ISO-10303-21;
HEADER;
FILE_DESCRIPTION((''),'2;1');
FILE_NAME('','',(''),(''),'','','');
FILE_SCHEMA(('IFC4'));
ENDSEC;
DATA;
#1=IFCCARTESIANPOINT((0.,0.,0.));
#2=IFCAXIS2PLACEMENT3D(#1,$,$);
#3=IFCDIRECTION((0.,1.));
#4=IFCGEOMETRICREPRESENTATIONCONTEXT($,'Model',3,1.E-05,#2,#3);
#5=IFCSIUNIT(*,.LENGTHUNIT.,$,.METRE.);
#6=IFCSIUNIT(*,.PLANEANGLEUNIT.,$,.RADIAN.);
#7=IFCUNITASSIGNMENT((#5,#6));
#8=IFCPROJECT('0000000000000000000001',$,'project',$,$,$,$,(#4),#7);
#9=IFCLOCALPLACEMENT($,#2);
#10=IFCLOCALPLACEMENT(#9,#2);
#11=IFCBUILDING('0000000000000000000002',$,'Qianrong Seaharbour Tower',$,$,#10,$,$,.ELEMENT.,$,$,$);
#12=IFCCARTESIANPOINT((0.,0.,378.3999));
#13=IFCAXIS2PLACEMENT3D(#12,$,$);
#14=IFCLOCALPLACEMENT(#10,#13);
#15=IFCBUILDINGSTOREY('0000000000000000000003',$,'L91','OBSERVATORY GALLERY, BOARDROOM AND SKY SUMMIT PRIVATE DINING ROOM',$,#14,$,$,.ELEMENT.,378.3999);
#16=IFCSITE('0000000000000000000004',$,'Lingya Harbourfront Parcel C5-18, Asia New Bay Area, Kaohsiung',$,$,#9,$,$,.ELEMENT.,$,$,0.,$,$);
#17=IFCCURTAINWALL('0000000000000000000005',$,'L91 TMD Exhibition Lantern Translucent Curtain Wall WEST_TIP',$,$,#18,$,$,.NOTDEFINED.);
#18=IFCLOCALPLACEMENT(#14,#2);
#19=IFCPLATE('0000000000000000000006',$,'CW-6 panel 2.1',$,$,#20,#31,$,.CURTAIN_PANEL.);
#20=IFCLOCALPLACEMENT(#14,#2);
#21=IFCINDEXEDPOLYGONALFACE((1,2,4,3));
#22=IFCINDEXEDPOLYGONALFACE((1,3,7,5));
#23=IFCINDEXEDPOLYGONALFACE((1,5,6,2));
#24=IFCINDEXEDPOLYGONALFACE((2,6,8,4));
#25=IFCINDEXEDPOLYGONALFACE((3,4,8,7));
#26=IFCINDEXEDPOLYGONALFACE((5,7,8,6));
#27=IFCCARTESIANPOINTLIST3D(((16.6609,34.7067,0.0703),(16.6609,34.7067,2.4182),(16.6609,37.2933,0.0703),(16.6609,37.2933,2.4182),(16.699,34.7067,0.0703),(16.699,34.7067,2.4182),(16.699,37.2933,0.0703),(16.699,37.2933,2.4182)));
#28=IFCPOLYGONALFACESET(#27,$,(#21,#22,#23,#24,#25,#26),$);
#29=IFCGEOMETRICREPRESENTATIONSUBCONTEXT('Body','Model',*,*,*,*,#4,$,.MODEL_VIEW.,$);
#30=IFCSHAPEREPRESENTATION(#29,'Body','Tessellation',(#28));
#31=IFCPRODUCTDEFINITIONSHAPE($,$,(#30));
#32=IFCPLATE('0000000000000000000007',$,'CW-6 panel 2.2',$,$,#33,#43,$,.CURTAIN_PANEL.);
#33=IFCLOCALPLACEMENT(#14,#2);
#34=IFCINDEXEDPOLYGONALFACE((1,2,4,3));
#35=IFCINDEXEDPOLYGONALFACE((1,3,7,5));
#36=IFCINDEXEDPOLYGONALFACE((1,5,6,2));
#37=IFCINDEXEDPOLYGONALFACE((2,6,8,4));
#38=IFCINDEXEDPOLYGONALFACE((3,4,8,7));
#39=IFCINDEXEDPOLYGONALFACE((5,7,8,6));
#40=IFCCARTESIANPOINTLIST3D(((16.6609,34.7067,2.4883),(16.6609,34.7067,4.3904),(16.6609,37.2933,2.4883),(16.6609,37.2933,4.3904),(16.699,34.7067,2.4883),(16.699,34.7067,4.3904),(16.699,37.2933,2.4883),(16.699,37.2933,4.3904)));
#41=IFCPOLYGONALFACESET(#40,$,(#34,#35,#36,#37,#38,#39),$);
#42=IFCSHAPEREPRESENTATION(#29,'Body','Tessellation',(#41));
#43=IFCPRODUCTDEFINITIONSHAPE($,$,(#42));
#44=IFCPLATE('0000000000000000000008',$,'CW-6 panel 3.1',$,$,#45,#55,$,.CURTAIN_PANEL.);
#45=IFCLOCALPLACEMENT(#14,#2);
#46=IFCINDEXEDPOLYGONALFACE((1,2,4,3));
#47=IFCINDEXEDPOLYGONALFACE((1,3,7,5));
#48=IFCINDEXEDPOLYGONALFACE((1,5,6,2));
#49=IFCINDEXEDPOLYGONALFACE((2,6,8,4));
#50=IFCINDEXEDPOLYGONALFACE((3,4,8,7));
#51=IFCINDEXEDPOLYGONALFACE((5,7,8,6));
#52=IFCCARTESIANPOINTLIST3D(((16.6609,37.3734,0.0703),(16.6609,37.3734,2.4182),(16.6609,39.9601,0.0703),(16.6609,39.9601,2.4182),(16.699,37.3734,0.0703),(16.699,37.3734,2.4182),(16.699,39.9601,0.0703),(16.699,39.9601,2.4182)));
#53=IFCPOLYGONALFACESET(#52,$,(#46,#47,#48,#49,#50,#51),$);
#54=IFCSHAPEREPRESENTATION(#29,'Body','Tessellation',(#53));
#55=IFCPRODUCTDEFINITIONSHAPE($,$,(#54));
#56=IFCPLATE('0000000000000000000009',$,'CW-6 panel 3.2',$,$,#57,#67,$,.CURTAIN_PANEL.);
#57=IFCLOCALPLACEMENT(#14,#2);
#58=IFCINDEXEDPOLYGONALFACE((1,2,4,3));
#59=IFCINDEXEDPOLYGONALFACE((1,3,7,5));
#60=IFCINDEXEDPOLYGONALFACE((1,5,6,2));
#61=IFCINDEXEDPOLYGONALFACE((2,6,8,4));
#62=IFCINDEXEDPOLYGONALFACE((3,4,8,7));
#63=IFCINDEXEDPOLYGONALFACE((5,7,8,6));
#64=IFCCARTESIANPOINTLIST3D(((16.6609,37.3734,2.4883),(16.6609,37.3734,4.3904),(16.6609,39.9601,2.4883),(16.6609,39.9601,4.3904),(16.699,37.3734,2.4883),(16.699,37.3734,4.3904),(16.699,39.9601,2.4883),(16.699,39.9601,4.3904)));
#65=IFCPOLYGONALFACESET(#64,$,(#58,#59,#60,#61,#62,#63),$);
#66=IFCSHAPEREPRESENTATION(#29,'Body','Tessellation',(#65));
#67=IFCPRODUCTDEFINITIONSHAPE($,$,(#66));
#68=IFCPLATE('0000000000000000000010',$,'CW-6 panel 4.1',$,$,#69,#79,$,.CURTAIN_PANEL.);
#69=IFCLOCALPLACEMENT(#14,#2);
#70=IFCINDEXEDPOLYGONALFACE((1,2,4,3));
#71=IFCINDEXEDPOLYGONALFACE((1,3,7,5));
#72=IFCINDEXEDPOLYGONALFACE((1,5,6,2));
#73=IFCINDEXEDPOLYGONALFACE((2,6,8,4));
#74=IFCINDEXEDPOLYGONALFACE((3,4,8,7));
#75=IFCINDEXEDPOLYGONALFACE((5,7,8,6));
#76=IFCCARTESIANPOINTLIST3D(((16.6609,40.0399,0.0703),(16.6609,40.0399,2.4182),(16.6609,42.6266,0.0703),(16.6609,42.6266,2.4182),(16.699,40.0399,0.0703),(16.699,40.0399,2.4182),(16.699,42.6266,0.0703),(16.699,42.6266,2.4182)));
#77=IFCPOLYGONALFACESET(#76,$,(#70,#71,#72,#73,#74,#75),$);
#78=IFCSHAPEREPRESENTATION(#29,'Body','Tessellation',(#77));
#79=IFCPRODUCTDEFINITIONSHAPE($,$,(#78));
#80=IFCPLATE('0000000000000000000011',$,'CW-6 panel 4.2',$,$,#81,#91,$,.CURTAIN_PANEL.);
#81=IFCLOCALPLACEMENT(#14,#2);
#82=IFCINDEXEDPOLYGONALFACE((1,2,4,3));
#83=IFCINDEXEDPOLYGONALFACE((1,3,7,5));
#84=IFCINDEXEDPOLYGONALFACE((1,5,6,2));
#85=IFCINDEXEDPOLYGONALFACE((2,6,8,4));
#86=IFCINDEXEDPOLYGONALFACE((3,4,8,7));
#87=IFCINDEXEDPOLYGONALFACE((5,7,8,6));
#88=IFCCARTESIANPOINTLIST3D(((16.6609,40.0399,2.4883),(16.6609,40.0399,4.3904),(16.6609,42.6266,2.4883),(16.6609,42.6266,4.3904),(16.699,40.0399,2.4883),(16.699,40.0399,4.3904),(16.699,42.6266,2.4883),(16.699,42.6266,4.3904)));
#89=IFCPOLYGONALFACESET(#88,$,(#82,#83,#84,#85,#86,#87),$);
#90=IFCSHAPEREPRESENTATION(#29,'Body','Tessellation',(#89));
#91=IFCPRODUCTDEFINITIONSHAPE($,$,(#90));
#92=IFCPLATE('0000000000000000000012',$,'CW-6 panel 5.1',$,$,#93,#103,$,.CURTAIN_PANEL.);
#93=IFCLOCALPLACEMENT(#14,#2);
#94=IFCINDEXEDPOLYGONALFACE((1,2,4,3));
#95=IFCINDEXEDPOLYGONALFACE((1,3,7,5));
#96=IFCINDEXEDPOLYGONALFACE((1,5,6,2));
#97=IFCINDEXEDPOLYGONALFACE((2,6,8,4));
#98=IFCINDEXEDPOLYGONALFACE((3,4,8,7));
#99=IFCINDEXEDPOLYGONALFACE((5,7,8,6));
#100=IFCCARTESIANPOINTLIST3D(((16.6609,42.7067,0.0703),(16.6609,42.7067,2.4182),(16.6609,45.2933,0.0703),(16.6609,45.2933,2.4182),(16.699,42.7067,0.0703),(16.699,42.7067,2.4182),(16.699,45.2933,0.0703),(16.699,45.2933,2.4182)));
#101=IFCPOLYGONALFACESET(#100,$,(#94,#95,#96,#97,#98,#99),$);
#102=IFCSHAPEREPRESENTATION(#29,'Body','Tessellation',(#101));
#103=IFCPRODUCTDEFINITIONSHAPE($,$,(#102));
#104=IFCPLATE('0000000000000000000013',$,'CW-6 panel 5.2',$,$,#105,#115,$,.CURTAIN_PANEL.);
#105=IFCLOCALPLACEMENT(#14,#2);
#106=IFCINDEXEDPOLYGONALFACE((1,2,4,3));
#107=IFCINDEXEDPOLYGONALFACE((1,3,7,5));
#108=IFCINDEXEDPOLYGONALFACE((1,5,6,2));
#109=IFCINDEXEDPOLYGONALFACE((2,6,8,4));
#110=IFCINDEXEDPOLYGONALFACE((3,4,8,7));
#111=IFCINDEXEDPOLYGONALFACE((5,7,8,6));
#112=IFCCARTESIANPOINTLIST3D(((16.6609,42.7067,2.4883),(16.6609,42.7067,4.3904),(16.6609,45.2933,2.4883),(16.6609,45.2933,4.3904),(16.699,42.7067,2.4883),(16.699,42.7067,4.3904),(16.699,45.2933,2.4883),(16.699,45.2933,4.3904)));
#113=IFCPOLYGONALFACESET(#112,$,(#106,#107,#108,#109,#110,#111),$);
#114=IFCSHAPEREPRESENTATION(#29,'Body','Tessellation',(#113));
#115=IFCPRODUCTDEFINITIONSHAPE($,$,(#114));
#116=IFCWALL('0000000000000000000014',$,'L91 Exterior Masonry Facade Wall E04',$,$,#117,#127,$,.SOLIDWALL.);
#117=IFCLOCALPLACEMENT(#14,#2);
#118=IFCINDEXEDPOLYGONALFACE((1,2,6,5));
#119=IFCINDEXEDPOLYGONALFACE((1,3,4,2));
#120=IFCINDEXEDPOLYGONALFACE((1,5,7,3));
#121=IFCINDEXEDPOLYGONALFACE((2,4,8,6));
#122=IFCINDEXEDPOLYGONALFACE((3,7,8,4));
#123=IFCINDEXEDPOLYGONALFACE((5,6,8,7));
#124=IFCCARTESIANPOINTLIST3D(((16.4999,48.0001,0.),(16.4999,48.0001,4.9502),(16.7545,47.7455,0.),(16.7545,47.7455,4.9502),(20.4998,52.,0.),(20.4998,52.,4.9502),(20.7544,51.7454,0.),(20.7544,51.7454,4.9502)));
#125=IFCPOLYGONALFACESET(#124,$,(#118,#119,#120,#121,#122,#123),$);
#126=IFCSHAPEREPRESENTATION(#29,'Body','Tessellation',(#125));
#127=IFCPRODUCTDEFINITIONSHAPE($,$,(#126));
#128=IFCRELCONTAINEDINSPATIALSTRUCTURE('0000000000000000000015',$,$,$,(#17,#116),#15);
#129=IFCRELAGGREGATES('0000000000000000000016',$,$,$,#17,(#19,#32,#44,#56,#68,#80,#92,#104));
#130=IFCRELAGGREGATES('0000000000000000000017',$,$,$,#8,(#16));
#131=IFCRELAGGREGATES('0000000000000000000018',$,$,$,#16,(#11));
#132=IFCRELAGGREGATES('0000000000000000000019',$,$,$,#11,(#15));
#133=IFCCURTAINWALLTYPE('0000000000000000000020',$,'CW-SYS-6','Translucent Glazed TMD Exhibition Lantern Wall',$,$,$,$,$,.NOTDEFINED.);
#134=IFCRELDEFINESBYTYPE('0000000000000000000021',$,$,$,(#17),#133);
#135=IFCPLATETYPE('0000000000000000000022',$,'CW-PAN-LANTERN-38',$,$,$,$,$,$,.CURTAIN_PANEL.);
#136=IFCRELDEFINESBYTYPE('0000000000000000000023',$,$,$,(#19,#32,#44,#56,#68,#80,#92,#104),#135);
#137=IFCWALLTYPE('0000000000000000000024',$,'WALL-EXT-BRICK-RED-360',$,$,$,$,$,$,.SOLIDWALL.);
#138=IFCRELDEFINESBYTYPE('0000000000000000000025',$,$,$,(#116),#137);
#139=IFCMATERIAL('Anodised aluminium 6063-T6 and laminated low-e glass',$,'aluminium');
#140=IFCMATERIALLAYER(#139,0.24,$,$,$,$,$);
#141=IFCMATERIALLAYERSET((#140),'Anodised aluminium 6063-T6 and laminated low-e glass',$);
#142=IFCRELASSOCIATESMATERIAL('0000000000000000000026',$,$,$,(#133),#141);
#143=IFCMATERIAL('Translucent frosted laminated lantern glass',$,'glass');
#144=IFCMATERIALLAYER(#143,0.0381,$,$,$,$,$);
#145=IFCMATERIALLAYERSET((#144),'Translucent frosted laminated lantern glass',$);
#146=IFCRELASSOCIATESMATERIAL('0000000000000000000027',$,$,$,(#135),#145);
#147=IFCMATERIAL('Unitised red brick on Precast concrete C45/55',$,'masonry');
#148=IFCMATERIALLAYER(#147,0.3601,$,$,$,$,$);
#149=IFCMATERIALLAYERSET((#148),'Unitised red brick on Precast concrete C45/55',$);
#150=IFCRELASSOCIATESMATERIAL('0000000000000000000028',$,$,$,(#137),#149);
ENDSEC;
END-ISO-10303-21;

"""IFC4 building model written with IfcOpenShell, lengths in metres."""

from ifc_helpers import new_model, si_unit, direction, frame, frame_2d, origin, origin_2d, place, context, subcontext, project, spatial, rectangle, extrude, material, layer, layer_set, type_object, element, aggregate, save


model = new_model("IFC4")

# Units and contexts
model_context = context("Model", 3, precision=1e-05, world=origin(), true_north=direction((0.0, 1.0)))
body_context = subcontext(model_context, "Body", "Model", "MODEL_VIEW")
ifc_project = project(units=[si_unit("LENGTHUNIT", "METRE"), si_unit("PLANEANGLEUNIT", "RADIAN")], contexts=[model_context])

# Site, building, storey
site_placement = place(None, origin())
site = spatial("IfcSite", under=ifc_project, at=site_placement, Name="Lingya Harbourfront Parcel C5-18, Asia New Bay Area, Kaohsiung", CompositionType="ELEMENT", RefElevation=0.0)
building_placement = place(site_placement, origin())
building = spatial("IfcBuilding", under=site, at=building_placement, Name="Qianrong Seaharbour Tower", CompositionType="ELEMENT")
storey_placement = place(building_placement, frame((0.0, 0.0, 378.3999)))
storey = spatial("IfcBuildingStorey", under=building, at=storey_placement, Name="L91", Description="OBSERVATORY GALLERY, BOARDROOM AND SKY SUMMIT PRIVATE DINING ROOM", CompositionType="ELEMENT", Elevation=378.3999)

# Curtain wall, plates
ifc_material_1 = material(Name="Anodised aluminium 6063-T6 and laminated low-e glass", Category="aluminium")
ifc_layer_1 = layer(ifc_material_1, 0.24)
ifc_layer_set_1 = layer_set([ifc_layer_1], Name="Anodised aluminium 6063-T6 and laminated low-e glass")
curtain_wall_type = type_object("IfcCurtainWallType", Name="CW-SYS-6", Description="Translucent Glazed TMD Exhibition Lantern Wall", PredefinedType="NOTDEFINED", material=ifc_layer_set_1)
curtain_wall_placement = place(storey_placement, origin())
curtain_wall = element("IfcCurtainWall", 1, at=curtain_wall_placement, inside=storey, type_object=curtain_wall_type, Name="L91 TMD Exhibition Lantern Translucent Curtain Wall WEST_TIP", PredefinedType="NOTDEFINED")
ifc_material_2 = material(Name="Translucent frosted laminated lantern glass", Category="glass")
ifc_layer_2 = layer(ifc_material_2, 0.0381)
ifc_layer_set_2 = layer_set([ifc_layer_2], Name="Translucent frosted laminated lantern glass")
plate_type = type_object("IfcPlateType", Name="CW-PAN-LANTERN-38", PredefinedType="CURTAIN_PANEL", material=ifc_layer_set_2)
plate_1_placement = place(storey_placement, frame((16.6799, 36.0, 0.0703), z_axis=(0.0, 0.0, 1.0), x_axis=(0.0, 1.0, 0.0)))
plate_1 = element("IfcPlate", 2, at=plate_1_placement, type_object=plate_type, Name="CW-6 panel 2.1", PredefinedType="CURTAIN_PANEL", context=body_context, shape_type="SweptSolid", body=[
    extrude(rectangle(XDim=2.5867, YDim=0.0381, at=origin_2d()), origin(), (0.0, 0.0, 1.0), 2.3479),
])
plate_2_placement = place(storey_placement, frame((16.6799, 36.0, 2.4883), z_axis=(0.0, 0.0, 1.0), x_axis=(0.0, 1.0, 0.0)))
plate_2 = element("IfcPlate", 3, at=plate_2_placement, type_object=plate_type, Name="CW-6 panel 2.2", PredefinedType="CURTAIN_PANEL", context=body_context, shape_type="SweptSolid", body=[
    extrude(rectangle(XDim=2.5867, YDim=0.0381, at=origin_2d()), origin(), (0.0, 0.0, 1.0), 1.9021),
])
plate_3_placement = place(storey_placement, frame((16.6799, 38.6667, 0.0703), z_axis=(0.0, 0.0, 1.0), x_axis=(0.0, 1.0, 0.0)))
plate_3 = element("IfcPlate", 4, at=plate_3_placement, type_object=plate_type, Name="CW-6 panel 3.1", PredefinedType="CURTAIN_PANEL", context=body_context, shape_type="SweptSolid", body=[
    extrude(rectangle(XDim=2.5867, YDim=0.0381, at=origin_2d()), origin(), (0.0, 0.0, 1.0), 2.3479),
])
plate_4_placement = place(storey_placement, frame((16.6799, 38.6667, 2.4883), z_axis=(0.0, 0.0, 1.0), x_axis=(0.0, 1.0, 0.0)))
plate_4 = element("IfcPlate", 5, at=plate_4_placement, type_object=plate_type, Name="CW-6 panel 3.2", PredefinedType="CURTAIN_PANEL", context=body_context, shape_type="SweptSolid", body=[
    extrude(rectangle(XDim=2.5867, YDim=0.0381, at=origin_2d()), origin(), (0.0, 0.0, 1.0), 1.9021),
])
plate_5_placement = place(storey_placement, frame((16.6799, 41.3333, 0.0703), z_axis=(0.0, 0.0, 1.0), x_axis=(0.0, 1.0, 0.0)))
plate_5 = element("IfcPlate", 6, at=plate_5_placement, type_object=plate_type, Name="CW-6 panel 4.1", PredefinedType="CURTAIN_PANEL", context=body_context, shape_type="SweptSolid", body=[
    extrude(rectangle(XDim=2.5867, YDim=0.0381, at=origin_2d()), origin(), (0.0, 0.0, 1.0), 2.3479),
])
plate_6_placement = place(storey_placement, frame((16.6799, 41.3333, 2.4883), z_axis=(0.0, 0.0, 1.0), x_axis=(0.0, 1.0, 0.0)))
plate_6 = element("IfcPlate", 7, at=plate_6_placement, type_object=plate_type, Name="CW-6 panel 4.2", PredefinedType="CURTAIN_PANEL", context=body_context, shape_type="SweptSolid", body=[
    extrude(rectangle(XDim=2.5867, YDim=0.0381, at=origin_2d()), origin(), (0.0, 0.0, 1.0), 1.9021),
])
plate_7_placement = place(storey_placement, frame((16.6799, 44.0, 0.0703), z_axis=(0.0, 0.0, 1.0), x_axis=(0.0, 1.0, 0.0)))
plate_7 = element("IfcPlate", 8, at=plate_7_placement, type_object=plate_type, Name="CW-6 panel 5.1", PredefinedType="CURTAIN_PANEL", context=body_context, shape_type="SweptSolid", body=[
    extrude(rectangle(XDim=2.5867, YDim=0.0381, at=origin_2d()), origin(), (0.0, 0.0, 1.0), 2.3479),
])
plate_8_placement = place(storey_placement, frame((16.6799, 44.0, 2.4883), z_axis=(0.0, 0.0, 1.0), x_axis=(0.0, 1.0, 0.0)))
plate_8 = element("IfcPlate", 9, at=plate_8_placement, type_object=plate_type, Name="CW-6 panel 5.2", PredefinedType="CURTAIN_PANEL", context=body_context, shape_type="SweptSolid", body=[
    extrude(rectangle(XDim=2.5867, YDim=0.0381, at=origin_2d()), origin(), (0.0, 0.0, 1.0), 1.9021),
])
aggregate(curtain_wall, [plate_1, plate_2, plate_3, plate_4, plate_5, plate_6, plate_7, plate_8])

# Wall
ifc_material_3 = material(Name="Unitised red brick on Precast concrete C45/55", Category="masonry")
ifc_layer_3 = layer(ifc_material_3, 0.3601)
ifc_layer_set_3 = layer_set([ifc_layer_3], Name="Unitised red brick on Precast concrete C45/55")
wall_type = type_object("IfcWallType", Name="WALL-EXT-BRICK-RED-360", PredefinedType="SOLIDWALL", material=ifc_layer_set_3)
wall_placement = place(storey_placement, frame((16.6272, 47.8728, 0.0), z_axis=(0.0, 0.0, 1.0), x_axis=(0.707107, 0.707107, 0.0)))
element("IfcWall", 10, at=wall_placement, inside=storey, type_object=wall_type, Name="L91 Exterior Masonry Facade Wall E04", PredefinedType="SOLIDWALL", context=body_context, shape_type="SweptSolid", body=[
    extrude(rectangle(XDim=5.6567, YDim=0.3601, at=frame_2d((2.8284, 0.0))), origin(), (0.0, 0.0, 1.0), 4.9502),
])

save(model, "model.ifc")
